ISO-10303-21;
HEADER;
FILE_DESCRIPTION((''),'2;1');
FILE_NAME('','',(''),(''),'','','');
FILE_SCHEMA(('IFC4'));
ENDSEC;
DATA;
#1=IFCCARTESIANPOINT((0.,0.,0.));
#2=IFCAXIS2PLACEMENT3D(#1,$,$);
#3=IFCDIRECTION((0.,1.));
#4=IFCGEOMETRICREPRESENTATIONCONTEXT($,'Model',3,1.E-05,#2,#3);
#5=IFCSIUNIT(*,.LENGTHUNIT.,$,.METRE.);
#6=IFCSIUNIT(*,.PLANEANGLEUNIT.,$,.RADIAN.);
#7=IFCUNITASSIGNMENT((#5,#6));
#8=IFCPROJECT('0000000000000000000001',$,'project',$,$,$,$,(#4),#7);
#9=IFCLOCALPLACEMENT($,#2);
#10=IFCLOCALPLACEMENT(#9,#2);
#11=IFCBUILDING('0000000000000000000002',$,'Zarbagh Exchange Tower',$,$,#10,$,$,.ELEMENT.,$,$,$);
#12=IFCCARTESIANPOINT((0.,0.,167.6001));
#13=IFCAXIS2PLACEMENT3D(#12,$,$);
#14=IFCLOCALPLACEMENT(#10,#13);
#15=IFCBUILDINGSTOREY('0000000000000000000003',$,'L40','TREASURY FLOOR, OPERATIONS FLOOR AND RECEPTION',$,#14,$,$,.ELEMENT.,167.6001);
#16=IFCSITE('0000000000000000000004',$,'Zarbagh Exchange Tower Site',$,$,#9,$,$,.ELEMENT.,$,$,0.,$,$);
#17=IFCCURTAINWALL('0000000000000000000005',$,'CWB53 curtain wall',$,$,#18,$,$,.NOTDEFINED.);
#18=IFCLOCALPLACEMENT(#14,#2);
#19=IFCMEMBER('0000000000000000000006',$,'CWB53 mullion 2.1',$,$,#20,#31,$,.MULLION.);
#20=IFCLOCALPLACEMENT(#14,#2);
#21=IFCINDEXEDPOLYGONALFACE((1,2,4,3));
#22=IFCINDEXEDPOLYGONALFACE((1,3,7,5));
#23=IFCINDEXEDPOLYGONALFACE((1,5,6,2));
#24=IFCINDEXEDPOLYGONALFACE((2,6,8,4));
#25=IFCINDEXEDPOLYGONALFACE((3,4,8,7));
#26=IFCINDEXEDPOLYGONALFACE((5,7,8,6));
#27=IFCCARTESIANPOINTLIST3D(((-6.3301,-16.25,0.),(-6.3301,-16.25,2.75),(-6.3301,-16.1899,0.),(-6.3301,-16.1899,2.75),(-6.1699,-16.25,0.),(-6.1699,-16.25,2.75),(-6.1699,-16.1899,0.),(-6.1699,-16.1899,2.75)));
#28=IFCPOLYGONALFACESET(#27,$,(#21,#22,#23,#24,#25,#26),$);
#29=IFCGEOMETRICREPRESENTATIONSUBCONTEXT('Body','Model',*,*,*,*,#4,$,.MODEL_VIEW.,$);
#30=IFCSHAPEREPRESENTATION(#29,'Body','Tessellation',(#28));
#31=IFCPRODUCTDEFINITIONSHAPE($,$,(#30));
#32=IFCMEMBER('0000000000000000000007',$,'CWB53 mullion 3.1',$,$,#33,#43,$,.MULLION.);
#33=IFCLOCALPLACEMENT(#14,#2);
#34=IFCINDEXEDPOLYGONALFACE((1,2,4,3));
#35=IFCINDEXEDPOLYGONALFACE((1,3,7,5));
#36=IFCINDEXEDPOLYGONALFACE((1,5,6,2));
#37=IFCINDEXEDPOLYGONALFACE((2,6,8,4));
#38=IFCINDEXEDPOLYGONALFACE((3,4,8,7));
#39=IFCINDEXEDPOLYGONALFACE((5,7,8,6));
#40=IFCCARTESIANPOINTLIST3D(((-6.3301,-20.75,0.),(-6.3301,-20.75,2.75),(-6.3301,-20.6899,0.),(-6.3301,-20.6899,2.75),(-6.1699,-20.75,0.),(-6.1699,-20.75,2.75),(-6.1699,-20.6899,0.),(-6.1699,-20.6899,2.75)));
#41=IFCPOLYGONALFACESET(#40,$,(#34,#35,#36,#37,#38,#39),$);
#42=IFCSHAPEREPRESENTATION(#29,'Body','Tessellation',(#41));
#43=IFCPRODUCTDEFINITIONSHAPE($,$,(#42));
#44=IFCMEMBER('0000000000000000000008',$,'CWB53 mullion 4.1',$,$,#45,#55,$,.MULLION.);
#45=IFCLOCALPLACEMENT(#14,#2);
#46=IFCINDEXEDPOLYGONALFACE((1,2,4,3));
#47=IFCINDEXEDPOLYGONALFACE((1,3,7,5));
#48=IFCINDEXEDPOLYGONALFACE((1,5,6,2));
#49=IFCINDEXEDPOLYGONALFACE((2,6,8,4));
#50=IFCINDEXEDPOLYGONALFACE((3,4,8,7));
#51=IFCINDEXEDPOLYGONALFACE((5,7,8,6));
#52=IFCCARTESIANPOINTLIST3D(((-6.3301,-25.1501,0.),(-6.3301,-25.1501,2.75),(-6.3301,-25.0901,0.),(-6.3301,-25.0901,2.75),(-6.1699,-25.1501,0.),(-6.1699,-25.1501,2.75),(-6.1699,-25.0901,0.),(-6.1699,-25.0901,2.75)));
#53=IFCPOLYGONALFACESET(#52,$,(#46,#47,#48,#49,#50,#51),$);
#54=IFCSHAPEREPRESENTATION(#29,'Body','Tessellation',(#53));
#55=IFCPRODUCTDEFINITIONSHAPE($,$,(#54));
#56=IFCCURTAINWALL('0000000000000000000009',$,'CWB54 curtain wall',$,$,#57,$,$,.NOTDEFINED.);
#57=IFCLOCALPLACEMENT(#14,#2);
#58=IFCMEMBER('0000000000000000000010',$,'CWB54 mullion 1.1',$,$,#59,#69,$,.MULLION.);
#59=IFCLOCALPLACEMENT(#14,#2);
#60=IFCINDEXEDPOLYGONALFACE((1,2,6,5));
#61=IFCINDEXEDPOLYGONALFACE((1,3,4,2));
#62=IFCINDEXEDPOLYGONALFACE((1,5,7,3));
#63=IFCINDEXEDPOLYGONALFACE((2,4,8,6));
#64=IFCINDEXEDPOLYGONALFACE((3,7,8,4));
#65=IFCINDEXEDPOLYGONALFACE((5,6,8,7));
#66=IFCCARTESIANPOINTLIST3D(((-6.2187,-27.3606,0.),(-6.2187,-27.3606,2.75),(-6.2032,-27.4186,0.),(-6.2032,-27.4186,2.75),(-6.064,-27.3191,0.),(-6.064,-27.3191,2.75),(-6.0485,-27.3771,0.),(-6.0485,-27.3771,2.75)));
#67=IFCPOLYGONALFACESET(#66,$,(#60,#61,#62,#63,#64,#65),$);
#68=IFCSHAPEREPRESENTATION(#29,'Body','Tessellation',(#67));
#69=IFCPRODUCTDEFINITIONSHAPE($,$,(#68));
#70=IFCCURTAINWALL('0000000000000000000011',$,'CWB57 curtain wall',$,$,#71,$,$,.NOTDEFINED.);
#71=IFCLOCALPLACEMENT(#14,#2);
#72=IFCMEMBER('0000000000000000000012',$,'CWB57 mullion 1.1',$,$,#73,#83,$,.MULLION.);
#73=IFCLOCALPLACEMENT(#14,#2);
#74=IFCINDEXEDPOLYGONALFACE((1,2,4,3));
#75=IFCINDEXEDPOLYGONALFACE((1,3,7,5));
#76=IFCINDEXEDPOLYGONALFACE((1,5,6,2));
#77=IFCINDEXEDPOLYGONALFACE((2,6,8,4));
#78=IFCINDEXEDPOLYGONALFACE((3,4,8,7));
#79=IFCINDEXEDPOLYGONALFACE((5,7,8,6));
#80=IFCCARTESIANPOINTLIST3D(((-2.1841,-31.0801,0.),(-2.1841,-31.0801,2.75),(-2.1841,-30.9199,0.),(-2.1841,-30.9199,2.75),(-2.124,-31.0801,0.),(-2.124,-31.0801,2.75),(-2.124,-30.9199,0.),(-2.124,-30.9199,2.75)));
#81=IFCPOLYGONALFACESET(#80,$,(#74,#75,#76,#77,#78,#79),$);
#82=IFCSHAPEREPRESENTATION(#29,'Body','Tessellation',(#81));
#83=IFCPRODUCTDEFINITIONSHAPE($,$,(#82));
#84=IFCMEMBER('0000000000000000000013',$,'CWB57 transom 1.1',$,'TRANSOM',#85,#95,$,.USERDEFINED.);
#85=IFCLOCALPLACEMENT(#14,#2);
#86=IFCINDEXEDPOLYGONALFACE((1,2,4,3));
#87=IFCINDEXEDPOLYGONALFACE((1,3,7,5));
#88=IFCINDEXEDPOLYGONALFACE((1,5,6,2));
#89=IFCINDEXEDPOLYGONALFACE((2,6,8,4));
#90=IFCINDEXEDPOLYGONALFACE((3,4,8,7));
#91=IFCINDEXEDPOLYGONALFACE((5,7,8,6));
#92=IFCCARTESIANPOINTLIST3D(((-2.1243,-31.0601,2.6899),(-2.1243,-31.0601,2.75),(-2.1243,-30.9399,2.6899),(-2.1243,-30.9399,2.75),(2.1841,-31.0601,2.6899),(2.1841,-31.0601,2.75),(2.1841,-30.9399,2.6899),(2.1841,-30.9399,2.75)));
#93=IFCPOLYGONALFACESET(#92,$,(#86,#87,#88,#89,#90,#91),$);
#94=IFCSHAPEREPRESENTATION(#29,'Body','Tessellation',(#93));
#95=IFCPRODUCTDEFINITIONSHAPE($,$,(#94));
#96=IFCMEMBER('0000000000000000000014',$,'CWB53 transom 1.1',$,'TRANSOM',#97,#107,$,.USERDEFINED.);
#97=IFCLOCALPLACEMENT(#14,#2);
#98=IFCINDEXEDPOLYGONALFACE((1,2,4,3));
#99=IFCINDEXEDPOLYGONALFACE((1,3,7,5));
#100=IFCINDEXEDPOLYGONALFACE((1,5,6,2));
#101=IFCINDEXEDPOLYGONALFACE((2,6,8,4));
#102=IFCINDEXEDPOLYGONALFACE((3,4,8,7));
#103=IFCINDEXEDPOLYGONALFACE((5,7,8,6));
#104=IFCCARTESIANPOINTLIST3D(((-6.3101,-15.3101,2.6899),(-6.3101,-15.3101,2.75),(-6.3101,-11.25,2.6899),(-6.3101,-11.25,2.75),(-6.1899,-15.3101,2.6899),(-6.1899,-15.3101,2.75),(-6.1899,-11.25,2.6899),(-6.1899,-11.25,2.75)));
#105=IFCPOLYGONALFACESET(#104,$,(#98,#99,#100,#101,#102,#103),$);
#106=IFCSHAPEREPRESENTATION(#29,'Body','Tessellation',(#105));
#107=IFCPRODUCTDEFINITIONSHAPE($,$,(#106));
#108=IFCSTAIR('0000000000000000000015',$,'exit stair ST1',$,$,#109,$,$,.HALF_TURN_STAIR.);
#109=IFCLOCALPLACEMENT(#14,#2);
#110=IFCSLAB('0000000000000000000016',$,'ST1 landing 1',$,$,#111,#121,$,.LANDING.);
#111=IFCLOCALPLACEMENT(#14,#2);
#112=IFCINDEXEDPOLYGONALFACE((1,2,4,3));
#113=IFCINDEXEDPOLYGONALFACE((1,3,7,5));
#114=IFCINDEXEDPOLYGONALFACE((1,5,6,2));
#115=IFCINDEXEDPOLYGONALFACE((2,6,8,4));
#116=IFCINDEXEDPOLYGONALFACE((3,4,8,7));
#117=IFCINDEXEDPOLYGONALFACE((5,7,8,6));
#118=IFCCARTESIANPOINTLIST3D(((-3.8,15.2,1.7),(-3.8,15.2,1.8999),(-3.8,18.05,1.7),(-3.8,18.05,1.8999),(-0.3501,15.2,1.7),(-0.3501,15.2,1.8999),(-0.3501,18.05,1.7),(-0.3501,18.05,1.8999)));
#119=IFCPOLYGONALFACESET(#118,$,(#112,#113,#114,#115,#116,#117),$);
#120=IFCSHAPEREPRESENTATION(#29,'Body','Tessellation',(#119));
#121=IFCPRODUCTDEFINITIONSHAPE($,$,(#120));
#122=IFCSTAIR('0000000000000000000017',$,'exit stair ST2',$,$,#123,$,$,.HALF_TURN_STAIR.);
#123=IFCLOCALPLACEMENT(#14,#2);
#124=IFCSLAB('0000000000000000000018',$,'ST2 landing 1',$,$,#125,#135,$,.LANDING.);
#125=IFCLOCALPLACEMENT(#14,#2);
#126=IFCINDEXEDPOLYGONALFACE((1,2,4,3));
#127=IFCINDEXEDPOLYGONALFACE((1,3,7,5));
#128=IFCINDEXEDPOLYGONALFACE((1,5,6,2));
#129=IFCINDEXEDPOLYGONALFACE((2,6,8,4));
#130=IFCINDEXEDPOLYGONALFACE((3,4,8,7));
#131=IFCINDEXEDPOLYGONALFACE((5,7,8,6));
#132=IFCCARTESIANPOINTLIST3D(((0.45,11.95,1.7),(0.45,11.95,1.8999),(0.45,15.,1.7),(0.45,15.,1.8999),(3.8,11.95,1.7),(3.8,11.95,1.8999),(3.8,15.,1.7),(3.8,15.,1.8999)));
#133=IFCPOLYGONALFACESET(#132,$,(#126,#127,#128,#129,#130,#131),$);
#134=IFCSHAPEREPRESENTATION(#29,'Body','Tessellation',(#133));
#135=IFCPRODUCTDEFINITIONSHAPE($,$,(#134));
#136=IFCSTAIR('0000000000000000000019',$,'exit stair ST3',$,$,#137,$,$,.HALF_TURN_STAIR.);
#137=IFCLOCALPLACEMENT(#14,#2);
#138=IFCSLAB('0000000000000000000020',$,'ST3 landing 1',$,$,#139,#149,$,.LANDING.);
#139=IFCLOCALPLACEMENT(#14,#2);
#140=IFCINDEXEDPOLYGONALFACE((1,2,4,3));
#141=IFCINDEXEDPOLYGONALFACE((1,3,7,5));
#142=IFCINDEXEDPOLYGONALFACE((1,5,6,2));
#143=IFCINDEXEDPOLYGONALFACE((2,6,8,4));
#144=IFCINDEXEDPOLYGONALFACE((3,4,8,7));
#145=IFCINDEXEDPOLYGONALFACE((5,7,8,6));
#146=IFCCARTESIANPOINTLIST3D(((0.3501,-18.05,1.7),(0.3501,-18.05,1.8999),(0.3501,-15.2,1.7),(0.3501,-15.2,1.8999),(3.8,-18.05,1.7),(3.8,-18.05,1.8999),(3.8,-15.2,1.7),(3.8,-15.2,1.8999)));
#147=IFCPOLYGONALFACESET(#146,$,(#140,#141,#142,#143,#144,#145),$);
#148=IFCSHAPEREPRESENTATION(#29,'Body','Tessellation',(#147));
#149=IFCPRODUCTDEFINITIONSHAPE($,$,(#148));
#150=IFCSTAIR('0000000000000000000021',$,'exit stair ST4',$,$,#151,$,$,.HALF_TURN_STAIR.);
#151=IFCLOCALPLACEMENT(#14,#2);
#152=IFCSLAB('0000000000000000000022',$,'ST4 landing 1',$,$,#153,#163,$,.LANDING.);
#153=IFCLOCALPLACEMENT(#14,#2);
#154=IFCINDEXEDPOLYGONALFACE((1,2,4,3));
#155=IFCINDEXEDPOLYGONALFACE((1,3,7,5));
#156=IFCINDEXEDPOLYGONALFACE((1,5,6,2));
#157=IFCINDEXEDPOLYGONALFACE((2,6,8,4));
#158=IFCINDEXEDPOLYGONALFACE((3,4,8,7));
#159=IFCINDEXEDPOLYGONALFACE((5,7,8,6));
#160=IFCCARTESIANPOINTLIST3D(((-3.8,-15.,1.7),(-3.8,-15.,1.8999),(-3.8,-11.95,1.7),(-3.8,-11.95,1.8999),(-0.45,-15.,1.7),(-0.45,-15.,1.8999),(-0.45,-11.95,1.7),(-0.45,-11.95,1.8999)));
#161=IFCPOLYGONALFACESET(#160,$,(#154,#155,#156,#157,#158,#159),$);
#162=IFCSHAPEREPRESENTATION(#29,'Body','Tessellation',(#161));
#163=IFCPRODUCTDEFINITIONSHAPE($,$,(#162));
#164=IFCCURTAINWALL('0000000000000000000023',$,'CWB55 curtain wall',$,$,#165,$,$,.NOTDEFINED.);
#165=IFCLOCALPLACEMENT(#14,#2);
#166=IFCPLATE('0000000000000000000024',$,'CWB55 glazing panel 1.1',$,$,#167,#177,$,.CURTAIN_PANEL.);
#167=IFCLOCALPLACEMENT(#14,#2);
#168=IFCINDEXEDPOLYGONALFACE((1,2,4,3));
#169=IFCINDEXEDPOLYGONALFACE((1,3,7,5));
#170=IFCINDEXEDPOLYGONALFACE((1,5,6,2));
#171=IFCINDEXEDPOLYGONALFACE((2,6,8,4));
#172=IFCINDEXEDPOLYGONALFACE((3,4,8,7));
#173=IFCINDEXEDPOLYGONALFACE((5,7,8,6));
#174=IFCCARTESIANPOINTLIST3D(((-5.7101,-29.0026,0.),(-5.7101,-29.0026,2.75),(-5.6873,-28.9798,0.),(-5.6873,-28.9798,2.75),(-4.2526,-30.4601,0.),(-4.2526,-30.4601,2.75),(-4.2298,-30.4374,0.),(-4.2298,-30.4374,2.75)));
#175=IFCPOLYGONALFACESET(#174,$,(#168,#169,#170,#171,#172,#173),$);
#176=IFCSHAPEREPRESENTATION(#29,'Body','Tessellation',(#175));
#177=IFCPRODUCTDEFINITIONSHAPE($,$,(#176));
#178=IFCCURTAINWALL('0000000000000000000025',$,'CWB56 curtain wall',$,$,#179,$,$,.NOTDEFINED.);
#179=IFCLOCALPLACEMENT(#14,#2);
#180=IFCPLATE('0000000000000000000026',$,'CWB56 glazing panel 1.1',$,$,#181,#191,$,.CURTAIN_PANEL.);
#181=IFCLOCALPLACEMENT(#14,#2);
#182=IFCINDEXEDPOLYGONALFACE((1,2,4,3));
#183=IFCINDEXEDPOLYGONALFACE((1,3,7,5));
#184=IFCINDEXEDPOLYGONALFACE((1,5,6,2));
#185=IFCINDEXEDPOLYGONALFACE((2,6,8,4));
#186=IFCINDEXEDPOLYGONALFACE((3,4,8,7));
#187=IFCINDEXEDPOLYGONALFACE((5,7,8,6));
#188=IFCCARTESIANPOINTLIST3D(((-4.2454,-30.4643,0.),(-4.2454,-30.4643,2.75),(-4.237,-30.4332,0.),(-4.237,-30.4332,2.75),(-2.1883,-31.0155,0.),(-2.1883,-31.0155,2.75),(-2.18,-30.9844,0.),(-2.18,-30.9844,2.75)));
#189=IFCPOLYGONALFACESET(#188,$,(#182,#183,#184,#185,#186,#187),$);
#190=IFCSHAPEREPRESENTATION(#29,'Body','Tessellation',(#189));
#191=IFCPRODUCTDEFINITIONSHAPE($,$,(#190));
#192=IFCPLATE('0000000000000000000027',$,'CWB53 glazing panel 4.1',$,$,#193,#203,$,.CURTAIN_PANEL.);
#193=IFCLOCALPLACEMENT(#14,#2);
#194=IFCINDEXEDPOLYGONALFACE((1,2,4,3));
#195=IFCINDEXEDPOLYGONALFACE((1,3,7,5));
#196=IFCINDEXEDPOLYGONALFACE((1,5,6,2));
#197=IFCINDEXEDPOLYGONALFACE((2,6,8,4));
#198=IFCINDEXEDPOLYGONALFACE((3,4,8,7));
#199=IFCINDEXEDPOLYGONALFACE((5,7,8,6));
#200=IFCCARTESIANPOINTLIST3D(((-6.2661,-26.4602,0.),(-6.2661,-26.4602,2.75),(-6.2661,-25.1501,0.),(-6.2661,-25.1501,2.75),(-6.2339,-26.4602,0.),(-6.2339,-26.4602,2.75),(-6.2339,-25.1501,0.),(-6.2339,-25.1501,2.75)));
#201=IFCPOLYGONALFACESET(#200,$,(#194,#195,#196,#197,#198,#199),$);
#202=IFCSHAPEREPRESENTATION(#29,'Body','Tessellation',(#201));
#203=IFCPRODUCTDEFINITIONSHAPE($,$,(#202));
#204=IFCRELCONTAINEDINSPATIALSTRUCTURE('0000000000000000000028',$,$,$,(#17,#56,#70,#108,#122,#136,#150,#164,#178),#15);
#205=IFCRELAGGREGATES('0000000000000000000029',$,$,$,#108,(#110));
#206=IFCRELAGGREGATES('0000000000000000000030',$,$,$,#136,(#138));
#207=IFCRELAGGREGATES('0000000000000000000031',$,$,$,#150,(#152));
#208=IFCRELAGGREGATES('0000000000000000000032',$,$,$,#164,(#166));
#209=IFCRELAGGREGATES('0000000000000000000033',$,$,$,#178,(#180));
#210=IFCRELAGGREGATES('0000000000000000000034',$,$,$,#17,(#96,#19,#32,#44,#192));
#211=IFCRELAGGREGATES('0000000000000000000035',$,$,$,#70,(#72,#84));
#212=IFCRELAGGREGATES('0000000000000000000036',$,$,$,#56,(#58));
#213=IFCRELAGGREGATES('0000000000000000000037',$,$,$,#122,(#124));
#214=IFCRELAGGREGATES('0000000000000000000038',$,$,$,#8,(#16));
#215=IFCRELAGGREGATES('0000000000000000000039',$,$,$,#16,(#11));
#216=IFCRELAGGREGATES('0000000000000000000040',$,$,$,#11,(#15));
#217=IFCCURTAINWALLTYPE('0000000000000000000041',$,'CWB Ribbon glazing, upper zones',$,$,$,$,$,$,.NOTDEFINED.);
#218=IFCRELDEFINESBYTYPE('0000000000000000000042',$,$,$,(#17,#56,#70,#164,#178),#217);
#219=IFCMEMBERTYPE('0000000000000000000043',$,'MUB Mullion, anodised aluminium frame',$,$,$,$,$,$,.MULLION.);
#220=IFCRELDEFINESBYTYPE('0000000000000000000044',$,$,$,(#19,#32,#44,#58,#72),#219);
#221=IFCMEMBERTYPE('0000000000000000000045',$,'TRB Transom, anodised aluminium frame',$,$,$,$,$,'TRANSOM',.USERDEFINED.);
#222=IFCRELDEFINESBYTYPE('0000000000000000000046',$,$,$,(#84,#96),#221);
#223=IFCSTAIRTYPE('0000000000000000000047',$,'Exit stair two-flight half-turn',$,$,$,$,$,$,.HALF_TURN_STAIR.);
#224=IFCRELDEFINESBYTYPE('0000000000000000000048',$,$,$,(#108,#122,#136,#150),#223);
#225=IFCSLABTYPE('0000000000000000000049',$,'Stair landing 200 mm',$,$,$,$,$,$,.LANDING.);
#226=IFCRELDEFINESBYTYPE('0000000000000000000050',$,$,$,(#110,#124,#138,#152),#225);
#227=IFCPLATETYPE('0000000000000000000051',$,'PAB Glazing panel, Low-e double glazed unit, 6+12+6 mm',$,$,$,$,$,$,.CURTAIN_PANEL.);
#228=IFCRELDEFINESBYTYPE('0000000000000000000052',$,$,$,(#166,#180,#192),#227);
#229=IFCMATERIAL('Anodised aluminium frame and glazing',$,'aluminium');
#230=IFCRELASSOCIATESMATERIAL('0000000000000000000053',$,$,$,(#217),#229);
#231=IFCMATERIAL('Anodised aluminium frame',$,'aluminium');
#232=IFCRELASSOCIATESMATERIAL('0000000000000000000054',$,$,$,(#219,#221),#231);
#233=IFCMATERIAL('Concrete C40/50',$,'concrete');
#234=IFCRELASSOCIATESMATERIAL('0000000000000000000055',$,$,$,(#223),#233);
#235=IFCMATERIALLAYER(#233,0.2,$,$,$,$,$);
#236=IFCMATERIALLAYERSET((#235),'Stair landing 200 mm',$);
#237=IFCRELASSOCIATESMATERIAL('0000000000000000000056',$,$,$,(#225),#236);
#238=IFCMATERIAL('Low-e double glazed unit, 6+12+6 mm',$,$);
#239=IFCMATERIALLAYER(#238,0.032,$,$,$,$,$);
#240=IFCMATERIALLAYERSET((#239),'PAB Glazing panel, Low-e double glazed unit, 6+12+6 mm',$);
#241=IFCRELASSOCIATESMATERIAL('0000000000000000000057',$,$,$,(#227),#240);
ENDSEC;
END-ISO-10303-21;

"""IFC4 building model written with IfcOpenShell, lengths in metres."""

from ifc_helpers import new_model, si_unit, direction, frame, origin, place, context, subcontext, project, spatial, polyline, outline, extrude, source, transform, mapped, material, layer, layer_set, type_object, element, aggregate, save


model = new_model("IFC4")

# Units and contexts
model_context = context("Model", 3, precision=1e-05, world=origin(), true_north=direction((0.0, 1.0)))
body_context = subcontext(model_context, "Body", "Model", "MODEL_VIEW")
ifc_project = project(units=[si_unit("LENGTHUNIT", "METRE"), si_unit("PLANEANGLEUNIT", "RADIAN")], contexts=[model_context])

# Site, building, storey
site_placement = place(None, origin())
site = spatial("IfcSite", under=ifc_project, at=site_placement, Name="Zarbagh Exchange Tower Site", CompositionType="ELEMENT", RefElevation=0.0)
building_placement = place(site_placement, origin())
building = spatial("IfcBuilding", under=site, at=building_placement, Name="Zarbagh Exchange Tower", CompositionType="ELEMENT")
storey_placement = place(building_placement, frame((0.0, 0.0, 167.6001)))
storey = spatial("IfcBuildingStorey", under=building, at=storey_placement, Name="L40", Description="TREASURY FLOOR, OPERATIONS FLOOR AND RECEPTION", CompositionType="ELEMENT", Elevation=167.6001)

# Curtain wall, members
ifc_material_1 = material(Name="Anodised aluminium frame and glazing", Category="aluminium")
curtain_wall_type = type_object("IfcCurtainWallType", Name="CWB Ribbon glazing, upper zones", PredefinedType="NOTDEFINED", material=ifc_material_1)
curtain_wall_1_placement = place(storey_placement, origin())
curtain_wall_1 = element("IfcCurtainWall", 1, at=curtain_wall_1_placement, inside=storey, type_object=curtain_wall_type, Name="CWB53 curtain wall", PredefinedType="NOTDEFINED")
ifc_material_2 = material(Name="Anodised aluminium frame", Category="aluminium")
member_type_1 = type_object("IfcMemberType", Name="MUB Mullion, anodised aluminium frame", PredefinedType="MULLION", material=ifc_material_2)
shared_shape_1 = source(origin(), body_context, "Body", "SweptSolid", [
    extrude(outline(polyline([(0.0, -0.0801), (0.0601, -0.0801), (0.0601, 0.0801), (0.0, 0.0801), (0.0, -0.0801)])), origin(), (0.0, 0.0, 1.0), 2.75),
])
placement = place(storey_placement, origin())
member_1 = element("IfcMember", 2, at=placement, type_object=member_type_1, Name="CWB53 mullion 2.1", PredefinedType="MULLION", context=body_context, shape_type="MappedRepresentation", body=[
    mapped(shared_shape_1, transform((-6.25, -16.1899, 0.0), x_axis=(0.0, -1.0, 0.0), y_axis=(1.0, 0.0, 0.0), z_axis=(0.0, 0.0, 1.0))),
])
member_2 = element("IfcMember", 3, at=placement, type_object=member_type_1, Name="CWB53 mullion 3.1", PredefinedType="MULLION", context=body_context, shape_type="MappedRepresentation", body=[
    mapped(shared_shape_1, transform((-6.25, -20.6899, 0.0), x_axis=(0.0, -1.0, 0.0), y_axis=(1.0, 0.0, 0.0), z_axis=(0.0, 0.0, 1.0))),
])
member_3 = element("IfcMember", 4, at=placement, type_object=member_type_1, Name="CWB53 mullion 4.1", PredefinedType="MULLION", context=body_context, shape_type="MappedRepresentation", body=[
    mapped(shared_shape_1, transform((-6.25, -25.0901, 0.0), x_axis=(0.0, -1.0, 0.0), y_axis=(1.0, 0.0, 0.0), z_axis=(0.0, 0.0, 1.0))),
])

# Curtain wall, member
curtain_wall_2_placement = place(storey_placement, origin())
curtain_wall_2 = element("IfcCurtainWall", 5, at=curtain_wall_2_placement, inside=storey, type_object=curtain_wall_type, Name="CWB54 curtain wall", PredefinedType="NOTDEFINED")
member_4 = element("IfcMember", 6, at=placement, type_object=member_type_1, Name="CWB54 mullion 1.1", PredefinedType="MULLION", context=body_context, shape_type="MappedRepresentation", body=[
    mapped(shared_shape_1, transform((-6.1414, -27.3398, 0.0), x_axis=(0.258825, -0.965924, 0.0), y_axis=(0.965924, 0.258825, 0.0), z_axis=(0.0, 0.0, 1.0))),
])

# Curtain wall, members
curtain_wall_3_placement = place(storey_placement, origin())
curtain_wall_3 = element("IfcCurtainWall", 7, at=curtain_wall_3_placement, inside=storey, type_object=curtain_wall_type, Name="CWB57 curtain wall", PredefinedType="NOTDEFINED")
member_5 = element("IfcMember", 8, at=placement, type_object=member_type_1, Name="CWB57 mullion 1.1", PredefinedType="MULLION", context=body_context, shape_type="MappedRepresentation", body=[
    mapped(shared_shape_1, transform((-2.1841, -31.0, 0.0), x_axis=(1.0, 0.0, 0.0), y_axis=(0.0, 1.0, 0.0), z_axis=(0.0, 0.0, 1.0))),
])
member_type_2 = type_object("IfcMemberType", Name="TRB Transom, anodised aluminium frame", ElementType="TRANSOM", PredefinedType="USERDEFINED", material=ifc_material_2)
shared_shape_2 = source(origin(), body_context, "Body", "SweptSolid", [
    extrude(outline(polyline([(-0.0601, -0.0601), (0.0, -0.0601), (0.0, 0.0601), (-0.0601, 0.0601), (-0.0601, -0.0601)])), origin(), (0.0, 0.0, 1.0), 4.3083),
])
member_6 = element("IfcMember", 9, at=placement, type_object=member_type_2, Name="CWB57 transom 1.1", ObjectType="TRANSOM", PredefinedType="USERDEFINED", context=body_context, shape_type="MappedRepresentation", body=[
    mapped(shared_shape_2, transform((-2.1243, -31.0, 2.75), x_axis=(0.0, 0.0, 1.0), y_axis=(0.0, -1.0, 0.0), z_axis=(1.0, 0.0, 0.0))),
])

# Member
shared_shape_3 = source(origin(), body_context, "Body", "SweptSolid", [
    extrude(outline(polyline([(-0.0601, -0.0601), (0.0, -0.0601), (0.0, 0.0601), (-0.0601, 0.0601), (-0.0601, -0.0601)])), origin(), (0.0, 0.0, 1.0), 4.0601),
])
member_7 = element("IfcMember", 10, at=placement, type_object=member_type_2, Name="CWB53 transom 1.1", ObjectType="TRANSOM", PredefinedType="USERDEFINED", context=body_context, shape_type="MappedRepresentation", body=[
    mapped(shared_shape_3, transform((-6.25, -11.25, 2.75), x_axis=(0.0, 0.0, 1.0), y_axis=(-1.0, 0.0, 0.0), z_axis=(0.0, -1.0, 0.0))),
])

# Stairs, slabs
ifc_material_3 = material(Name="Concrete C40/50", Category="concrete")
stair_type = type_object("IfcStairType", Name="Exit stair two-flight half-turn", PredefinedType="HALF_TURN_STAIR", material=ifc_material_3)
stair_1_placement = place(storey_placement, origin())
stair_1 = element("IfcStair", 11, at=stair_1_placement, inside=storey, type_object=stair_type, Name="exit stair ST1", PredefinedType="HALF_TURN_STAIR")
ifc_layer_1 = layer(ifc_material_3, 0.2)
ifc_layer_set_1 = layer_set([ifc_layer_1], Name="Stair landing 200 mm")
slab_type = type_object("IfcSlabType", Name="Stair landing 200 mm", PredefinedType="LANDING", material=ifc_layer_set_1)
slab_1_placement = place(storey_placement, frame((0.0, 0.0, 1.7)))
slab_1 = element("IfcSlab", 12, at=slab_1_placement, type_object=slab_type, Name="ST1 landing 1", PredefinedType="LANDING", context=body_context, shape_type="SweptSolid", body=[
    extrude(outline(polyline([(-0.3501, 18.05), (-3.8, 18.05), (-3.8, 15.2), (-0.3501, 15.2), (-0.3501, 18.05)])), origin(), (0.0, 0.0, 1.0), 0.2),
])
aggregate(stair_1, [slab_1])
stair_2_placement = place(storey_placement, origin())
stair_2 = element("IfcStair", 13, at=stair_2_placement, inside=storey, type_object=stair_type, Name="exit stair ST2", PredefinedType="HALF_TURN_STAIR")
slab_2_placement = place(storey_placement, frame((0.0, 0.0, 1.7)))
slab_2 = element("IfcSlab", 14, at=slab_2_placement, type_object=slab_type, Name="ST2 landing 1", PredefinedType="LANDING", context=body_context, shape_type="SweptSolid", body=[
    extrude(outline(polyline([(0.45, 11.95), (3.8, 11.95), (3.8, 15.0), (0.45, 15.0), (0.45, 11.95)])), origin(), (0.0, 0.0, 1.0), 0.2),
])
stair_3_placement = place(storey_placement, origin())
stair_3 = element("IfcStair", 15, at=stair_3_placement, inside=storey, type_object=stair_type, Name="exit stair ST3", PredefinedType="HALF_TURN_STAIR")
slab_3_placement = place(storey_placement, frame((0.0, 0.0, 1.7)))
slab_3 = element("IfcSlab", 16, at=slab_3_placement, type_object=slab_type, Name="ST3 landing 1", PredefinedType="LANDING", context=body_context, shape_type="SweptSolid", body=[
    extrude(outline(polyline([(0.3501, -18.05), (3.8, -18.05), (3.8, -15.2), (0.3501, -15.2), (0.3501, -18.05)])), origin(), (0.0, 0.0, 1.0), 0.2),
])
aggregate(stair_3, [slab_3])
stair_4_placement = place(storey_placement, origin())
stair_4 = element("IfcStair", 17, at=stair_4_placement, inside=storey, type_object=stair_type, Name="exit stair ST4", PredefinedType="HALF_TURN_STAIR")
slab_4_placement = place(storey_placement, frame((0.0, 0.0, 1.7)))
slab_4 = element("IfcSlab", 18, at=slab_4_placement, type_object=slab_type, Name="ST4 landing 1", PredefinedType="LANDING", context=body_context, shape_type="SweptSolid", body=[
    extrude(outline(polyline([(-0.45, -11.95), (-3.8, -11.95), (-3.8, -15.0), (-0.45, -15.0), (-0.45, -11.95)])), origin(), (0.0, 0.0, 1.0), 0.2),
])
aggregate(stair_4, [slab_4])

# Curtain walls, plates
curtain_wall_4_placement = place(storey_placement, origin())
curtain_wall_4 = element("IfcCurtainWall", 19, at=curtain_wall_4_placement, inside=storey, type_object=curtain_wall_type, Name="CWB55 curtain wall", PredefinedType="NOTDEFINED")
ifc_material_4 = material(Name="Low-e double glazed unit, 6+12+6 mm")
ifc_layer_2 = layer(ifc_material_4, 0.032)
ifc_layer_set_2 = layer_set([ifc_layer_2], Name="PAB Glazing panel, Low-e double glazed unit, 6+12+6 mm")
plate_type = type_object("IfcPlateType", Name="PAB Glazing panel, Low-e double glazed unit, 6+12+6 mm", PredefinedType="CURTAIN_PANEL", material=ifc_layer_set_2)
shared_shape_4 = source(origin(), body_context, "Body", "SweptSolid", [
    extrude(outline(polyline([(0.0, -0.0161), (2.0613, -0.0161), (2.0613, 0.0161), (0.0, 0.0161), (0.0, -0.0161)])), origin(), (0.0, 0.0, 1.0), 2.75),
])
plate_1 = element("IfcPlate", 20, at=placement, type_object=plate_type, Name="CWB55 glazing panel 1.1", PredefinedType="CURTAIN_PANEL", context=body_context, shape_type="MappedRepresentation", body=[
    mapped(shared_shape_4, transform((-5.6987, -28.9912, 0.0), x_axis=(0.707107, -0.707107, 0.0), y_axis=(0.707107, 0.707107, 0.0), z_axis=(0.0, 0.0, 1.0))),
])
aggregate(curtain_wall_4, [plate_1])
curtain_wall_5_placement = place(storey_placement, origin())
curtain_wall_5 = element("IfcCurtainWall", 21, at=curtain_wall_5_placement, inside=storey, type_object=curtain_wall_type, Name="CWB56 curtain wall", PredefinedType="NOTDEFINED")
shared_shape_5 = source(origin(), body_context, "Body", "SweptSolid", [
    extrude(outline(polyline([(0.0, -0.0161), (2.1296, -0.0161), (2.1296, 0.0161), (0.0, 0.0161), (0.0, -0.0161)])), origin(), (0.0, 0.0, 1.0), 2.75),
])
plate_2 = element("IfcPlate", 22, at=placement, type_object=plate_type, Name="CWB56 glazing panel 1.1", PredefinedType="CURTAIN_PANEL", context=body_context, shape_type="MappedRepresentation", body=[
    mapped(shared_shape_5, transform((-4.2412, -30.4487, 0.0), x_axis=(0.965924, -0.258825, 0.0), y_axis=(0.258825, 0.965924, 0.0), z_axis=(0.0, 0.0, 1.0))),
])
aggregate(curtain_wall_5, [plate_2])

# Plate
shared_shape_6 = source(origin(), body_context, "Body", "SweptSolid", [
    extrude(outline(polyline([(0.0, -0.0161), (1.3101, -0.0161), (1.3101, 0.0161), (0.0, 0.0161), (0.0, -0.0161)])), origin(), (0.0, 0.0, 1.0), 2.75),
])
plate_3 = element("IfcPlate", 23, at=placement, type_object=plate_type, Name="CWB53 glazing panel 4.1", PredefinedType="CURTAIN_PANEL", context=body_context, shape_type="MappedRepresentation", body=[
    mapped(shared_shape_6, transform((-6.25, -25.1501, 0.0), x_axis=(0.0, -1.0, 0.0), y_axis=(1.0, 0.0, 0.0), z_axis=(0.0, 0.0, 1.0))),
])
aggregate(curtain_wall_1, [member_7, member_1, member_2, member_3, plate_3])
aggregate(curtain_wall_3, [member_5, member_6])
aggregate(curtain_wall_2, [member_4])

aggregate(stair_2, [slab_2])

save(model, "model.ifc")
